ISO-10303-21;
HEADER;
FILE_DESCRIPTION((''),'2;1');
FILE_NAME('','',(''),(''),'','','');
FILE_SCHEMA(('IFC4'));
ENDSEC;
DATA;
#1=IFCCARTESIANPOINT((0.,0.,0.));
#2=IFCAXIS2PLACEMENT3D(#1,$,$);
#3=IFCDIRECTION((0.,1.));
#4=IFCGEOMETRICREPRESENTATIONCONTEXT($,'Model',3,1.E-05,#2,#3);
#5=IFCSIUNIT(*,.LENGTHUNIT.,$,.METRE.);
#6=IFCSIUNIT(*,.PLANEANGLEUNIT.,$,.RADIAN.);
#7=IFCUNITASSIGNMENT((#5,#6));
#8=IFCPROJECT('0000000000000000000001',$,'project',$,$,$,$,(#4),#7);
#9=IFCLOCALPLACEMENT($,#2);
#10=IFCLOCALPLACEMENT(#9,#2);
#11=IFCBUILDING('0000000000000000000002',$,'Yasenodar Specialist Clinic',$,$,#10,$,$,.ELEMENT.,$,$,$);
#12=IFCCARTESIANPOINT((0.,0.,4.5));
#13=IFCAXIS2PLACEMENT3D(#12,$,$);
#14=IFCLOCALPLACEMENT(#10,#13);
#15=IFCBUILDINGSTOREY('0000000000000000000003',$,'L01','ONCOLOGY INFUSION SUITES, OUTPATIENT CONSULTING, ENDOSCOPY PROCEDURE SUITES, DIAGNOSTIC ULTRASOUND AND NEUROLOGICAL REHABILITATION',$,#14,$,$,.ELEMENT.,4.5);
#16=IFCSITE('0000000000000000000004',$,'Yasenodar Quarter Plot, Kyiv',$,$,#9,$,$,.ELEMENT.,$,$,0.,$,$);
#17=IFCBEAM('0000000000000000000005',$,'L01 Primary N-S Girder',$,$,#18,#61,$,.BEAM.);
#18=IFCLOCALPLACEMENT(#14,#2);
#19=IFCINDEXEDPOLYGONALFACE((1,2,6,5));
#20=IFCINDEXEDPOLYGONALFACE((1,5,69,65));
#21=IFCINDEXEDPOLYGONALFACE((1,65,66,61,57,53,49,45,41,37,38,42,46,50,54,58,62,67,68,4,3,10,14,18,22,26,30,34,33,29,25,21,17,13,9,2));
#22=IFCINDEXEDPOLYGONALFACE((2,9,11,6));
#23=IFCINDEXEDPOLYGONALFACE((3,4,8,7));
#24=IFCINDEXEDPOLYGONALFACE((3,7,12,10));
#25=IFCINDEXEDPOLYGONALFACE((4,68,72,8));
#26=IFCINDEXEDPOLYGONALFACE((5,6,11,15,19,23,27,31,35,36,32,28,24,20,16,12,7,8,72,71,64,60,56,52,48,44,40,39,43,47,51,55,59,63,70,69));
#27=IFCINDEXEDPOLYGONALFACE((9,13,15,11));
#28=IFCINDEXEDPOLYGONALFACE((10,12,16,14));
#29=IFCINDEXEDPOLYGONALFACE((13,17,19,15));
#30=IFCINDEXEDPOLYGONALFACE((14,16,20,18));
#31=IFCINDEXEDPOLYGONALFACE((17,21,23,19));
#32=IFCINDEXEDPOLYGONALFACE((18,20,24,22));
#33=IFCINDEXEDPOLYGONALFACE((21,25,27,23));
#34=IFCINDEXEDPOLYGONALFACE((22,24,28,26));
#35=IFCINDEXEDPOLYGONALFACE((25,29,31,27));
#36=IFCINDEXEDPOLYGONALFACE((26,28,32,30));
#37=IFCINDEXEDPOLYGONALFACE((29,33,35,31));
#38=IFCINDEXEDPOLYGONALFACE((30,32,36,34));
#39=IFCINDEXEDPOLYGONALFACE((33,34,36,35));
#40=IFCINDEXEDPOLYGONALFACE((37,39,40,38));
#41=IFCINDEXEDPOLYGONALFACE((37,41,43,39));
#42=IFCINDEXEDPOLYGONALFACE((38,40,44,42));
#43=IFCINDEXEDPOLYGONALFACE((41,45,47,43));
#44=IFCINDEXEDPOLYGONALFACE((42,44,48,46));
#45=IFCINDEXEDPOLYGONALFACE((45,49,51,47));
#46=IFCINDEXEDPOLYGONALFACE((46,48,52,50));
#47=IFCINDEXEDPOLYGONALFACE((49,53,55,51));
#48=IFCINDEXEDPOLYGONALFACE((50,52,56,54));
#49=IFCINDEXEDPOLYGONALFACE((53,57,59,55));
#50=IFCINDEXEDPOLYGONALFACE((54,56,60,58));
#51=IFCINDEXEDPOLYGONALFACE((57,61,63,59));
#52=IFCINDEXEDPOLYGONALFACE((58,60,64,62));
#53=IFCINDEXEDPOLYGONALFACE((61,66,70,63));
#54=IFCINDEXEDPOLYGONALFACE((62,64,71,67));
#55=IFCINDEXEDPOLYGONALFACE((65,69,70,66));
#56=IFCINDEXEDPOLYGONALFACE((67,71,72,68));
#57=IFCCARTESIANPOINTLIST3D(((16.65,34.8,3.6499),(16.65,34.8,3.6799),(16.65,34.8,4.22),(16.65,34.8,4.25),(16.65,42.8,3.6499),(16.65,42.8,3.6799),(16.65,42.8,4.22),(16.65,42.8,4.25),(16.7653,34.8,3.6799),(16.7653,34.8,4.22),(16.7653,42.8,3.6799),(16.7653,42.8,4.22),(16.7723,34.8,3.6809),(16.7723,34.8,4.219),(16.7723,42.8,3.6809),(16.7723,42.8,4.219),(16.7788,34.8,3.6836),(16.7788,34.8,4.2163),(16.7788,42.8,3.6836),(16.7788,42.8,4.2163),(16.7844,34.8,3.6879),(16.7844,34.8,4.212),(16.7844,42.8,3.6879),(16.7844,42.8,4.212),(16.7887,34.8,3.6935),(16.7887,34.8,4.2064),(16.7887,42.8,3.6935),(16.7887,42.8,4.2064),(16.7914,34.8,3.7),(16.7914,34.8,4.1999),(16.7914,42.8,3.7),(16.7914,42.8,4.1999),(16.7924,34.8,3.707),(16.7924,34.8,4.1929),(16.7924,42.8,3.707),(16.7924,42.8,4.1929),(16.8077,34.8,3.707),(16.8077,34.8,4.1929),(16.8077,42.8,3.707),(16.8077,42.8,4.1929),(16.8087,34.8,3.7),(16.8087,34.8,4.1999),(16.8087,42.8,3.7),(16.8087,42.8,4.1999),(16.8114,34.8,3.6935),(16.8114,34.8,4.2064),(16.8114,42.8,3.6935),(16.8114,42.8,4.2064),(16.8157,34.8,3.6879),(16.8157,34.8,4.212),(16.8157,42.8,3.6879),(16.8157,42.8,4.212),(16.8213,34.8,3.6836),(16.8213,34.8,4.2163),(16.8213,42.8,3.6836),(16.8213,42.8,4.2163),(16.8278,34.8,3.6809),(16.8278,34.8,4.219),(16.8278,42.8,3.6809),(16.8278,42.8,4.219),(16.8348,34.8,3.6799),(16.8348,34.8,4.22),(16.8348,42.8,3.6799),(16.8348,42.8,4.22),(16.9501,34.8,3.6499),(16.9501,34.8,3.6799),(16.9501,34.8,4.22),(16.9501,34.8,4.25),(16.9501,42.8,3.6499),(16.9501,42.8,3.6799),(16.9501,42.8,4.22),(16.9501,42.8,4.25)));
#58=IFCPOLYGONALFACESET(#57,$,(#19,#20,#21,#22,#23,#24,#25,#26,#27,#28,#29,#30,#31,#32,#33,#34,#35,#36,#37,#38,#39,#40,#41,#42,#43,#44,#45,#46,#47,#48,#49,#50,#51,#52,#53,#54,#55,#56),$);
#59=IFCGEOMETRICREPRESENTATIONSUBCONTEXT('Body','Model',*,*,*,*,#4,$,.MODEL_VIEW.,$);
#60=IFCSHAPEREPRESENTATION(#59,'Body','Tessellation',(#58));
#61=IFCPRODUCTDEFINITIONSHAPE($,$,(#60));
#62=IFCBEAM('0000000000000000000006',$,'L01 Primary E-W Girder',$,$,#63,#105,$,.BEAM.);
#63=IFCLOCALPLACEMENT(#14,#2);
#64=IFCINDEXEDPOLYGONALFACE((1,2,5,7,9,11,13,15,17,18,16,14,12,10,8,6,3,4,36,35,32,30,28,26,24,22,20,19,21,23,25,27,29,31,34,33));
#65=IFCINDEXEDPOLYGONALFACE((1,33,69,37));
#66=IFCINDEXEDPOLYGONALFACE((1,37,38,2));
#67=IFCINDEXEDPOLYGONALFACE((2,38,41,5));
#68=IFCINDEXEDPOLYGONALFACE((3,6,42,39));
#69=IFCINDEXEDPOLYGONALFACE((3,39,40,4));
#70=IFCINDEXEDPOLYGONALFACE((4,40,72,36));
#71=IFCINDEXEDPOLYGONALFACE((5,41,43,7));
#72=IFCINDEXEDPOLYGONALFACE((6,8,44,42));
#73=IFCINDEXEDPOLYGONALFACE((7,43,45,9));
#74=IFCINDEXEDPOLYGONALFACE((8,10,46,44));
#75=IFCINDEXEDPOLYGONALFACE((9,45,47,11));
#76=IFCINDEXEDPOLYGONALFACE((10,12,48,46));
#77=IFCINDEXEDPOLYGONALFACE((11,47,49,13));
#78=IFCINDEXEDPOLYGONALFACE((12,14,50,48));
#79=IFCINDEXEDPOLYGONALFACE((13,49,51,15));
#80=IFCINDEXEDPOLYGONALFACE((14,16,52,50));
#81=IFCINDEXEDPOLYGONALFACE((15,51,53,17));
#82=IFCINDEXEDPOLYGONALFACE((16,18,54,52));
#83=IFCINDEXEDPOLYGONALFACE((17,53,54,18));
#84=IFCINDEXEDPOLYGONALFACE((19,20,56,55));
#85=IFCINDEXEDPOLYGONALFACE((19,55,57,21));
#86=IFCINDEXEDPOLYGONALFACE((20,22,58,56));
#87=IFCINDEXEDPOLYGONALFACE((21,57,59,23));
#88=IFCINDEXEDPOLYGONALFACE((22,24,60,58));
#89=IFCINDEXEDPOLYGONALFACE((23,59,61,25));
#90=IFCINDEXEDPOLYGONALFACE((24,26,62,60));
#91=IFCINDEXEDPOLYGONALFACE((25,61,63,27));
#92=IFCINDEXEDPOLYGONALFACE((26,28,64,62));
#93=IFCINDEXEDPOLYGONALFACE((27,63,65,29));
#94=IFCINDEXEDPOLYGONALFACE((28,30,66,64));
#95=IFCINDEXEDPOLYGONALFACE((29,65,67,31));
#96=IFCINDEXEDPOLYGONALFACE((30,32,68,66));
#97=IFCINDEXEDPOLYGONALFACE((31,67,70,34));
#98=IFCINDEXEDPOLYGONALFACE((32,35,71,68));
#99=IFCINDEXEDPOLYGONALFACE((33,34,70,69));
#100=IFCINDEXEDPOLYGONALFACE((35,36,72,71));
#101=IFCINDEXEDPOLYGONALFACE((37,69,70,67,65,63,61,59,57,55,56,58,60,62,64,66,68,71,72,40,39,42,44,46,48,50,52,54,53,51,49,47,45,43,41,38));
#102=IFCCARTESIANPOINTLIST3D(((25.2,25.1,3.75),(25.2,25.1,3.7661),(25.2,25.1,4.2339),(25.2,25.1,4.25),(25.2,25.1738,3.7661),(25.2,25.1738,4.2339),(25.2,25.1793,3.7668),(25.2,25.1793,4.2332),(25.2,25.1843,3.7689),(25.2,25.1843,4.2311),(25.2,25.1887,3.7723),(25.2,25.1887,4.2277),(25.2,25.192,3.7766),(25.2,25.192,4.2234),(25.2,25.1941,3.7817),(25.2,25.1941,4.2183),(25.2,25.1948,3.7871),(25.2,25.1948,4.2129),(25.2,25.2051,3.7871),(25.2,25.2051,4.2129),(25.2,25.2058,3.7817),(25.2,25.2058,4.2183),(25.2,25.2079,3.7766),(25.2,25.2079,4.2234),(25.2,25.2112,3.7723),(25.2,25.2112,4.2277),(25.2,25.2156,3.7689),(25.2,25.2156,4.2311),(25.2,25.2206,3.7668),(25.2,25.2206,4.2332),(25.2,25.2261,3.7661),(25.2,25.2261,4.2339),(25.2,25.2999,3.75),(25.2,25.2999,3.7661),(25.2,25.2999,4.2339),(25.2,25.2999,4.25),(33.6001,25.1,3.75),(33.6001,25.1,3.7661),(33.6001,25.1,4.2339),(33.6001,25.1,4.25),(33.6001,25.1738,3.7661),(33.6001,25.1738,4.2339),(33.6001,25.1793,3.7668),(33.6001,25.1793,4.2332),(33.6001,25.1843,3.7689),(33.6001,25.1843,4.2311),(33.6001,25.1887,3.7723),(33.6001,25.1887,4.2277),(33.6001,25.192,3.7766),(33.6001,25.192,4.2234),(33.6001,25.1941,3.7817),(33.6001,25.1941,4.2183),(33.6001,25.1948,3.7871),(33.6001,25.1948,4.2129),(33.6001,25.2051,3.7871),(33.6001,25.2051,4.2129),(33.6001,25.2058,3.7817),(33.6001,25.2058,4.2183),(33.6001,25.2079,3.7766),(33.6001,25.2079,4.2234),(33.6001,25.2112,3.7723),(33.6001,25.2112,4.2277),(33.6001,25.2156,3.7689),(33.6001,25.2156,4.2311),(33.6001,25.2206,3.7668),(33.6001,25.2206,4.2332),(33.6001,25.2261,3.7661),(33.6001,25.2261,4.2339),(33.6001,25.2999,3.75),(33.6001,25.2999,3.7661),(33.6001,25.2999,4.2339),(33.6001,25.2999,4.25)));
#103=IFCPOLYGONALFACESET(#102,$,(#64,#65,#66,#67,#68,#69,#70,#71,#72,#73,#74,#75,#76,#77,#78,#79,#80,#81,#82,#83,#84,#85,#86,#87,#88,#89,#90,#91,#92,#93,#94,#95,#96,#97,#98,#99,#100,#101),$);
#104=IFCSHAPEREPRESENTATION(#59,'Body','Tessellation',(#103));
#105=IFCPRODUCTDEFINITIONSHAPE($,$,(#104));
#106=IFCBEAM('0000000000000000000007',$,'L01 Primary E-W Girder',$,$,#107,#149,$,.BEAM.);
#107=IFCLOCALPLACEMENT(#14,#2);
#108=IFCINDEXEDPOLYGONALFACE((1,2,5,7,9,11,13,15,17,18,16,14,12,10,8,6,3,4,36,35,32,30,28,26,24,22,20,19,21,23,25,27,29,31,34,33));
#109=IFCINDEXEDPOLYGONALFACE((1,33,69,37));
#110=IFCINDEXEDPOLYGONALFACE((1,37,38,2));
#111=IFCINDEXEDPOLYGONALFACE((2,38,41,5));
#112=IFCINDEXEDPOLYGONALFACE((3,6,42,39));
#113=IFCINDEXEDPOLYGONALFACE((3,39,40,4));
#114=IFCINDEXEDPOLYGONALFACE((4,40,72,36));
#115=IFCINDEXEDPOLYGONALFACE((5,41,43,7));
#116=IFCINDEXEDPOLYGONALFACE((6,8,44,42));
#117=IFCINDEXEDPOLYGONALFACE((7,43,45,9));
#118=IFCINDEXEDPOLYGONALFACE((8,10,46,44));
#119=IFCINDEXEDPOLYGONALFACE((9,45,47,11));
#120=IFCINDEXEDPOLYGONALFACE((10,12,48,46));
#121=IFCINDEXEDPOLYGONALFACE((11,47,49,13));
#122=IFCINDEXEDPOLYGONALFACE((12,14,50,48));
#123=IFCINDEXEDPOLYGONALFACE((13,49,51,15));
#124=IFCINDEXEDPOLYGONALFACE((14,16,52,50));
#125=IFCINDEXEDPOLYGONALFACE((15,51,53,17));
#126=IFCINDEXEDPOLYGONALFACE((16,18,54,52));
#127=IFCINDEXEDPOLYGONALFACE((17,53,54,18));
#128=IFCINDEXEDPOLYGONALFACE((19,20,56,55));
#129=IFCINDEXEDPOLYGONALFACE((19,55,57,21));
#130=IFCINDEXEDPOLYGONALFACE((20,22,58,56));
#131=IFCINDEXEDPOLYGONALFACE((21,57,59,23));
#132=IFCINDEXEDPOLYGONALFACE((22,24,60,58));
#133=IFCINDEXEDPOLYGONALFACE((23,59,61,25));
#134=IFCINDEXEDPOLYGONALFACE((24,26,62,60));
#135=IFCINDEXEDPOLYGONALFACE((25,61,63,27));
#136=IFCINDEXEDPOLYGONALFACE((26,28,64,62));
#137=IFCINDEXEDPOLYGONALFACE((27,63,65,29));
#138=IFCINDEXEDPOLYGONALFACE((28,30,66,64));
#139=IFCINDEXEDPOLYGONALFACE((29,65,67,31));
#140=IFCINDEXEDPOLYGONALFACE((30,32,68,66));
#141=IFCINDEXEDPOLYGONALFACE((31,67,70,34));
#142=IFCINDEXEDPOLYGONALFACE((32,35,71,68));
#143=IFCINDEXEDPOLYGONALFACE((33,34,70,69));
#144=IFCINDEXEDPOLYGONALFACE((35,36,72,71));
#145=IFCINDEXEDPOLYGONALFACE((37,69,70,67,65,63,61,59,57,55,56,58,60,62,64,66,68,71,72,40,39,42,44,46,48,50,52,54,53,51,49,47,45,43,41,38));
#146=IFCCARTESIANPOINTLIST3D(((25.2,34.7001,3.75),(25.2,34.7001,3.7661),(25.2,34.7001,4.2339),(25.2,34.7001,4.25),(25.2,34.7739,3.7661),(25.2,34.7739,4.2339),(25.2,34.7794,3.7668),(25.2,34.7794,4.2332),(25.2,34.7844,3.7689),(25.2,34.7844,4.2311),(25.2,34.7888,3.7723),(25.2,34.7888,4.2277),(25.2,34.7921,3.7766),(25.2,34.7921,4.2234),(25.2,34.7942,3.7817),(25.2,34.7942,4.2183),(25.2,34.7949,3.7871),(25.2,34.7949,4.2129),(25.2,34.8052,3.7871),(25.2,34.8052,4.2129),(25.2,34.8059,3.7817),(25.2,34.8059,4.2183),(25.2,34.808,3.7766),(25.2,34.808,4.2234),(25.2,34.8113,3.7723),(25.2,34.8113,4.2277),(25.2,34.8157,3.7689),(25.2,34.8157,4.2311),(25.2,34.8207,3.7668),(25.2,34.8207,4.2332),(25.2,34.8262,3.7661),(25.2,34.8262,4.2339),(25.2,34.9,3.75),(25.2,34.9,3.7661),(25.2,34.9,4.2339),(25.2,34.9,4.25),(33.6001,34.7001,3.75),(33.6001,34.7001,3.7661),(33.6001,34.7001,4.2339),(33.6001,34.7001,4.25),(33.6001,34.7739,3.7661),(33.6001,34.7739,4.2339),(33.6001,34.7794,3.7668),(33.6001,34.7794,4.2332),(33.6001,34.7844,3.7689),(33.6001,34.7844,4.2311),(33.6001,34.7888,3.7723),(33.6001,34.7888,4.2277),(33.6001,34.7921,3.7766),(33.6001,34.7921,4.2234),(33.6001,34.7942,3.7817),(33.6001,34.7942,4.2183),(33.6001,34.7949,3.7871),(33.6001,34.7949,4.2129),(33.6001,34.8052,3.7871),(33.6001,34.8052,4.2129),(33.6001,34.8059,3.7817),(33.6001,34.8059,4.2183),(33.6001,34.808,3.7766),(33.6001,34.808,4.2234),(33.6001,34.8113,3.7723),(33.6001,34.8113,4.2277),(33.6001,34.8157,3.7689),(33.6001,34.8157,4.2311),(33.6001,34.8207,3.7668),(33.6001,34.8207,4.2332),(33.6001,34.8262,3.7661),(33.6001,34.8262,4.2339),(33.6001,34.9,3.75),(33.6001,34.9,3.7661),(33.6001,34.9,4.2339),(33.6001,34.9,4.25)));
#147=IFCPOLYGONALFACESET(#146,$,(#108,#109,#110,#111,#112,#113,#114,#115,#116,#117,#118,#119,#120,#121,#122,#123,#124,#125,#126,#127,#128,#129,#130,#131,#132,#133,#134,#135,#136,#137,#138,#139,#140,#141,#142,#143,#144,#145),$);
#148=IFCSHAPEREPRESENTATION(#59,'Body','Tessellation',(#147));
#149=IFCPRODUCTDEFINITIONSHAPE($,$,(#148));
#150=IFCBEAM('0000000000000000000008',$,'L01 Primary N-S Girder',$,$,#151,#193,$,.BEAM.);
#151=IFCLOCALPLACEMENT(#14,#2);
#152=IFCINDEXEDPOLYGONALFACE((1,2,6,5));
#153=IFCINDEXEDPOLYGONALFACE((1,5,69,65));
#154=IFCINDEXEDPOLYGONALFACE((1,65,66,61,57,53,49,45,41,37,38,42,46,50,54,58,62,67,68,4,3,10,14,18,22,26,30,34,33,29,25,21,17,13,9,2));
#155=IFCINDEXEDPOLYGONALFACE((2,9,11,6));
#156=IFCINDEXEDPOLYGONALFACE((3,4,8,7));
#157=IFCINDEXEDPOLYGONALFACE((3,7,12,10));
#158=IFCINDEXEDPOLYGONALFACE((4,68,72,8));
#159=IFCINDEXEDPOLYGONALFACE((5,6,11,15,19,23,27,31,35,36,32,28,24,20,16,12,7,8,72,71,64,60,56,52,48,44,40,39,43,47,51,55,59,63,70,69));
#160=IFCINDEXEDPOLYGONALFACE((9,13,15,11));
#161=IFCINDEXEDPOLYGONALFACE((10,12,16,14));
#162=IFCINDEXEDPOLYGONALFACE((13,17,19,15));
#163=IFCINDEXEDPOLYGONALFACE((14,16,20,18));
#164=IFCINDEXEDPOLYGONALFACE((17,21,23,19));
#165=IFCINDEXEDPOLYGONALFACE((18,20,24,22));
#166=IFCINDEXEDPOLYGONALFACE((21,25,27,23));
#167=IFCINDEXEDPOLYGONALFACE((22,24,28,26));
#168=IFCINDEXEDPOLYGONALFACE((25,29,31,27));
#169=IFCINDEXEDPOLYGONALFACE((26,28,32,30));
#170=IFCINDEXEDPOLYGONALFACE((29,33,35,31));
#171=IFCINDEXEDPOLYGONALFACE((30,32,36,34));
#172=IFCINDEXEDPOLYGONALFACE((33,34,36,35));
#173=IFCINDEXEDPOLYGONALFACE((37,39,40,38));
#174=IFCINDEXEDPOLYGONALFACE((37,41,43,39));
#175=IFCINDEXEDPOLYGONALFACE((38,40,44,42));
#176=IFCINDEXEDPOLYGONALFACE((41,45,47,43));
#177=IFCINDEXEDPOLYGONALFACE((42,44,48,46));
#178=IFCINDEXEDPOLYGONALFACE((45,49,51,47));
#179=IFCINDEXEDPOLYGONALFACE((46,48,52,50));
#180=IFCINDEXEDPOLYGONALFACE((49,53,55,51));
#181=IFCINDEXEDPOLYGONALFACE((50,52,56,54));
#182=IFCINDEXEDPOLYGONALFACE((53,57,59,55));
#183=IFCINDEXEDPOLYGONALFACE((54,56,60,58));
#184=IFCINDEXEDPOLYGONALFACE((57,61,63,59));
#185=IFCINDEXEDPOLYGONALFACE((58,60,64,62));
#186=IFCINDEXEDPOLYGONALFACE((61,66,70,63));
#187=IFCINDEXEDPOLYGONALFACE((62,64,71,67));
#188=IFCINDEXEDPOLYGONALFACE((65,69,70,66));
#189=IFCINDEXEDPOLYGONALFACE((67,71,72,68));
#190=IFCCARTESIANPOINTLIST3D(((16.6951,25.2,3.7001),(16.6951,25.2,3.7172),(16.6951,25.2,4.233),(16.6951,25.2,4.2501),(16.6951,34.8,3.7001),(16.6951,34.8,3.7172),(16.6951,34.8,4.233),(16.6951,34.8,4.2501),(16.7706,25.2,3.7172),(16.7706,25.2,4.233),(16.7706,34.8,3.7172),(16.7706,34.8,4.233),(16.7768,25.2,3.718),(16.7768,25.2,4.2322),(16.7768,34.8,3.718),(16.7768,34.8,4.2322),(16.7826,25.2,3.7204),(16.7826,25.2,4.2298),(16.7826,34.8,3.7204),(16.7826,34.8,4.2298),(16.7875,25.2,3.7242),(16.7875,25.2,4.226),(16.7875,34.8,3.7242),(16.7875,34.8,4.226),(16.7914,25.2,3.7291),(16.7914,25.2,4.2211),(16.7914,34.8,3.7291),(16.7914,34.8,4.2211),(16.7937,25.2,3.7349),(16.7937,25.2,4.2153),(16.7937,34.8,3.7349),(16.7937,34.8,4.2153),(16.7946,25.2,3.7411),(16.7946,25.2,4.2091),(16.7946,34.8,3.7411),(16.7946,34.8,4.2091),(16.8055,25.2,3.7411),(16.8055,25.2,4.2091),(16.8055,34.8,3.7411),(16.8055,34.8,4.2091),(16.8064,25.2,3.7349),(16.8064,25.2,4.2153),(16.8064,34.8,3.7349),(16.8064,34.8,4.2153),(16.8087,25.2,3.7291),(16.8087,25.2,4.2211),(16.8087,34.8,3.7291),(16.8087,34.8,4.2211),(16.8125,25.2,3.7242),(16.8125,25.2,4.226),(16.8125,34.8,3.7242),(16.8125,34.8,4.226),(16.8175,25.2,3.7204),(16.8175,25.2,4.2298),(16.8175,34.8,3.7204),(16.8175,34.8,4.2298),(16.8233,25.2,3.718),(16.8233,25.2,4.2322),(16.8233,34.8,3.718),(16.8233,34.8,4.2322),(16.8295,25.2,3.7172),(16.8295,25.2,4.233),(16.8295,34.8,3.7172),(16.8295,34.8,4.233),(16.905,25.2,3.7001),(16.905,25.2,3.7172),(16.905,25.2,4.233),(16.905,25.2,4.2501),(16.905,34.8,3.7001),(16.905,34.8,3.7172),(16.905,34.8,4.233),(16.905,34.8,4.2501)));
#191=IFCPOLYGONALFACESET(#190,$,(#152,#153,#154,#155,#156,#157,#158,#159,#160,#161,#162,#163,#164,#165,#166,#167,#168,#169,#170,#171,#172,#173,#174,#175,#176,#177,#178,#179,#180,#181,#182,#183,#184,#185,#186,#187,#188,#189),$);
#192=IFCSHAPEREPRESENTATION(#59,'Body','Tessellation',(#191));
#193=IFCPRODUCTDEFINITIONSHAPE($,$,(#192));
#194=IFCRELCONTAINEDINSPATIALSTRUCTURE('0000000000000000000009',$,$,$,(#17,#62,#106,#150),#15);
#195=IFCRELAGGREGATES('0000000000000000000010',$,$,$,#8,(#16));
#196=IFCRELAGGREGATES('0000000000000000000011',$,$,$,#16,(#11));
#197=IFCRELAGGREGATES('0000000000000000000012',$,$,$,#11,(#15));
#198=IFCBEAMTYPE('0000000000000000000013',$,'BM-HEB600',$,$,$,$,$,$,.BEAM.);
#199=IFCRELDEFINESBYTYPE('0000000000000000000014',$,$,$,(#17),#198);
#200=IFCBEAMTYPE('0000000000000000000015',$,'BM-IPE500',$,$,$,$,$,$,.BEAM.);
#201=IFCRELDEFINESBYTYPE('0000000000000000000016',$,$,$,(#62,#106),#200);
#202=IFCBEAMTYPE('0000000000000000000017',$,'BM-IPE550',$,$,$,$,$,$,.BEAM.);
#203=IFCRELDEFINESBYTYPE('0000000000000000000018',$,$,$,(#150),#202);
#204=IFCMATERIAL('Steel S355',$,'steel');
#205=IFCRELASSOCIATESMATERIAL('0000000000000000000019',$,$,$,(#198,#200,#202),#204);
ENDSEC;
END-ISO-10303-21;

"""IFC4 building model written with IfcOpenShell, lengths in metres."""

from ifc_helpers import new_model, si_unit, direction, frame, origin, origin_2d, place, context, subcontext, project, spatial, i_section, extrude, material, material_profile, profile_set, type_object, element, save


model = new_model("IFC4")

# Units and contexts
model_context = context("Model", 3, precision=1e-05, world=origin(), true_north=direction((0.0, 1.0)))
body_context = subcontext(model_context, "Body", "Model", "MODEL_VIEW")
ifc_project = project(units=[si_unit("LENGTHUNIT", "METRE"), si_unit("PLANEANGLEUNIT", "RADIAN")], contexts=[model_context])

# Site, building, storey
site_placement = place(None, origin())
site = spatial("IfcSite", under=ifc_project, at=site_placement, Name="Yasenodar Quarter Plot, Kyiv", CompositionType="ELEMENT", RefElevation=0.0)
building_placement = place(site_placement, origin())
building = spatial("IfcBuilding", under=site, at=building_placement, Name="Yasenodar Specialist Clinic", CompositionType="ELEMENT")
storey_placement = place(building_placement, frame((0.0, 0.0, 4.5)))
storey = spatial("IfcBuildingStorey", under=building, at=storey_placement, Name="L01", Description="ONCOLOGY INFUSION SUITES, OUTPATIENT CONSULTING, ENDOSCOPY PROCEDURE SUITES, DIAGNOSTIC ULTRASOUND AND NEUROLOGICAL REHABILITATION", CompositionType="ELEMENT", Elevation=4.5)

# Shared definitions
ifc_material_1 = material(Name="Steel S355", Category="steel")

# Beams
ifc_material_profile_1 = material_profile(ifc_material_1, i_section(OverallWidth=0.3, OverallDepth=0.6001, WebThickness=0.0154, FlangeThickness=0.03, FilletRadius=0.0271, at=origin_2d()), Name="HEB 600")
ifc_profile_set_1 = profile_set([ifc_material_profile_1], Name="Steel S355")
beam_type_1 = type_object("IfcBeamType", Name="BM-HEB600", PredefinedType="BEAM", material=ifc_profile_set_1)
beam_1_placement = place(storey_placement, frame((16.8, 34.8, 3.95), z_axis=(0.0, 1.0, 0.0), x_axis=(-1.0, 0.0, 0.0)))
element("IfcBeam", 1, at=beam_1_placement, inside=storey, type_object=beam_type_1, Name="L01 Primary N-S Girder", PredefinedType="BEAM", context=body_context, shape_type="SweptSolid", body=[
    extrude(i_section(OverallWidth=0.3, OverallDepth=0.6001, WebThickness=0.0154, FlangeThickness=0.03, FilletRadius=0.0271, at=origin_2d()), origin(), (0.0, 0.0, 1.0), 8.0),
])
ifc_material_profile_2 = material_profile(ifc_material_1, i_section(OverallWidth=0.2, OverallDepth=0.5, WebThickness=0.0103, FlangeThickness=0.0161, FilletRadius=0.021, at=origin_2d()), Name="IPE 500")
ifc_profile_set_2 = profile_set([ifc_material_profile_2], Name="Steel S355")
beam_type_2 = type_object("IfcBeamType", Name="BM-IPE500", PredefinedType="BEAM", material=ifc_profile_set_2)
for number, where, z_axis, x_axis, name in (
    (2, (25.2, 25.2, 4.0), (1.0, 0.0, 0.0), (0.0, 1.0, 0.0), "L01 Primary E-W Girder"),
    (3, (25.2, 34.8, 4.0), (1.0, 0.0, 0.0), (0.0, 1.0, 0.0), "L01 Primary E-W Girder"),
):
    element("IfcBeam", number, at=place(storey_placement, frame(where, z_axis=z_axis, x_axis=x_axis)), inside=storey, type_object=beam_type_2, Name=name, PredefinedType="BEAM", context=body_context, shape_type="SweptSolid", body=[
        extrude(i_section(OverallWidth=0.2, OverallDepth=0.5, WebThickness=0.0103, FlangeThickness=0.0161, FilletRadius=0.021, at=origin_2d()), origin(), (0.0, 0.0, 1.0), 8.4001),
    ])
ifc_material_profile_3 = material_profile(ifc_material_1, i_section(OverallWidth=0.21, OverallDepth=0.55, WebThickness=0.011, FlangeThickness=0.0171, FilletRadius=0.0239, at=origin_2d()), Name="IPE 550")
ifc_profile_set_3 = profile_set([ifc_material_profile_3], Name="Steel S355")
beam_type_3 = type_object("IfcBeamType", Name="BM-IPE550", PredefinedType="BEAM", material=ifc_profile_set_3)
beam_2_placement = place(storey_placement, frame((16.8, 25.2, 3.9751), z_axis=(0.0, 1.0, 0.0), x_axis=(-1.0, 0.0, 0.0)))
element("IfcBeam", 4, at=beam_2_placement, inside=storey, type_object=beam_type_3, Name="L01 Primary N-S Girder", PredefinedType="BEAM", context=body_context, shape_type="SweptSolid", body=[
    extrude(i_section(OverallWidth=0.21, OverallDepth=0.55, WebThickness=0.011, FlangeThickness=0.0171, FilletRadius=0.0239, at=origin_2d()), origin(), (0.0, 0.0, 1.0), 9.6001),
])

save(model, "model.ifc")
